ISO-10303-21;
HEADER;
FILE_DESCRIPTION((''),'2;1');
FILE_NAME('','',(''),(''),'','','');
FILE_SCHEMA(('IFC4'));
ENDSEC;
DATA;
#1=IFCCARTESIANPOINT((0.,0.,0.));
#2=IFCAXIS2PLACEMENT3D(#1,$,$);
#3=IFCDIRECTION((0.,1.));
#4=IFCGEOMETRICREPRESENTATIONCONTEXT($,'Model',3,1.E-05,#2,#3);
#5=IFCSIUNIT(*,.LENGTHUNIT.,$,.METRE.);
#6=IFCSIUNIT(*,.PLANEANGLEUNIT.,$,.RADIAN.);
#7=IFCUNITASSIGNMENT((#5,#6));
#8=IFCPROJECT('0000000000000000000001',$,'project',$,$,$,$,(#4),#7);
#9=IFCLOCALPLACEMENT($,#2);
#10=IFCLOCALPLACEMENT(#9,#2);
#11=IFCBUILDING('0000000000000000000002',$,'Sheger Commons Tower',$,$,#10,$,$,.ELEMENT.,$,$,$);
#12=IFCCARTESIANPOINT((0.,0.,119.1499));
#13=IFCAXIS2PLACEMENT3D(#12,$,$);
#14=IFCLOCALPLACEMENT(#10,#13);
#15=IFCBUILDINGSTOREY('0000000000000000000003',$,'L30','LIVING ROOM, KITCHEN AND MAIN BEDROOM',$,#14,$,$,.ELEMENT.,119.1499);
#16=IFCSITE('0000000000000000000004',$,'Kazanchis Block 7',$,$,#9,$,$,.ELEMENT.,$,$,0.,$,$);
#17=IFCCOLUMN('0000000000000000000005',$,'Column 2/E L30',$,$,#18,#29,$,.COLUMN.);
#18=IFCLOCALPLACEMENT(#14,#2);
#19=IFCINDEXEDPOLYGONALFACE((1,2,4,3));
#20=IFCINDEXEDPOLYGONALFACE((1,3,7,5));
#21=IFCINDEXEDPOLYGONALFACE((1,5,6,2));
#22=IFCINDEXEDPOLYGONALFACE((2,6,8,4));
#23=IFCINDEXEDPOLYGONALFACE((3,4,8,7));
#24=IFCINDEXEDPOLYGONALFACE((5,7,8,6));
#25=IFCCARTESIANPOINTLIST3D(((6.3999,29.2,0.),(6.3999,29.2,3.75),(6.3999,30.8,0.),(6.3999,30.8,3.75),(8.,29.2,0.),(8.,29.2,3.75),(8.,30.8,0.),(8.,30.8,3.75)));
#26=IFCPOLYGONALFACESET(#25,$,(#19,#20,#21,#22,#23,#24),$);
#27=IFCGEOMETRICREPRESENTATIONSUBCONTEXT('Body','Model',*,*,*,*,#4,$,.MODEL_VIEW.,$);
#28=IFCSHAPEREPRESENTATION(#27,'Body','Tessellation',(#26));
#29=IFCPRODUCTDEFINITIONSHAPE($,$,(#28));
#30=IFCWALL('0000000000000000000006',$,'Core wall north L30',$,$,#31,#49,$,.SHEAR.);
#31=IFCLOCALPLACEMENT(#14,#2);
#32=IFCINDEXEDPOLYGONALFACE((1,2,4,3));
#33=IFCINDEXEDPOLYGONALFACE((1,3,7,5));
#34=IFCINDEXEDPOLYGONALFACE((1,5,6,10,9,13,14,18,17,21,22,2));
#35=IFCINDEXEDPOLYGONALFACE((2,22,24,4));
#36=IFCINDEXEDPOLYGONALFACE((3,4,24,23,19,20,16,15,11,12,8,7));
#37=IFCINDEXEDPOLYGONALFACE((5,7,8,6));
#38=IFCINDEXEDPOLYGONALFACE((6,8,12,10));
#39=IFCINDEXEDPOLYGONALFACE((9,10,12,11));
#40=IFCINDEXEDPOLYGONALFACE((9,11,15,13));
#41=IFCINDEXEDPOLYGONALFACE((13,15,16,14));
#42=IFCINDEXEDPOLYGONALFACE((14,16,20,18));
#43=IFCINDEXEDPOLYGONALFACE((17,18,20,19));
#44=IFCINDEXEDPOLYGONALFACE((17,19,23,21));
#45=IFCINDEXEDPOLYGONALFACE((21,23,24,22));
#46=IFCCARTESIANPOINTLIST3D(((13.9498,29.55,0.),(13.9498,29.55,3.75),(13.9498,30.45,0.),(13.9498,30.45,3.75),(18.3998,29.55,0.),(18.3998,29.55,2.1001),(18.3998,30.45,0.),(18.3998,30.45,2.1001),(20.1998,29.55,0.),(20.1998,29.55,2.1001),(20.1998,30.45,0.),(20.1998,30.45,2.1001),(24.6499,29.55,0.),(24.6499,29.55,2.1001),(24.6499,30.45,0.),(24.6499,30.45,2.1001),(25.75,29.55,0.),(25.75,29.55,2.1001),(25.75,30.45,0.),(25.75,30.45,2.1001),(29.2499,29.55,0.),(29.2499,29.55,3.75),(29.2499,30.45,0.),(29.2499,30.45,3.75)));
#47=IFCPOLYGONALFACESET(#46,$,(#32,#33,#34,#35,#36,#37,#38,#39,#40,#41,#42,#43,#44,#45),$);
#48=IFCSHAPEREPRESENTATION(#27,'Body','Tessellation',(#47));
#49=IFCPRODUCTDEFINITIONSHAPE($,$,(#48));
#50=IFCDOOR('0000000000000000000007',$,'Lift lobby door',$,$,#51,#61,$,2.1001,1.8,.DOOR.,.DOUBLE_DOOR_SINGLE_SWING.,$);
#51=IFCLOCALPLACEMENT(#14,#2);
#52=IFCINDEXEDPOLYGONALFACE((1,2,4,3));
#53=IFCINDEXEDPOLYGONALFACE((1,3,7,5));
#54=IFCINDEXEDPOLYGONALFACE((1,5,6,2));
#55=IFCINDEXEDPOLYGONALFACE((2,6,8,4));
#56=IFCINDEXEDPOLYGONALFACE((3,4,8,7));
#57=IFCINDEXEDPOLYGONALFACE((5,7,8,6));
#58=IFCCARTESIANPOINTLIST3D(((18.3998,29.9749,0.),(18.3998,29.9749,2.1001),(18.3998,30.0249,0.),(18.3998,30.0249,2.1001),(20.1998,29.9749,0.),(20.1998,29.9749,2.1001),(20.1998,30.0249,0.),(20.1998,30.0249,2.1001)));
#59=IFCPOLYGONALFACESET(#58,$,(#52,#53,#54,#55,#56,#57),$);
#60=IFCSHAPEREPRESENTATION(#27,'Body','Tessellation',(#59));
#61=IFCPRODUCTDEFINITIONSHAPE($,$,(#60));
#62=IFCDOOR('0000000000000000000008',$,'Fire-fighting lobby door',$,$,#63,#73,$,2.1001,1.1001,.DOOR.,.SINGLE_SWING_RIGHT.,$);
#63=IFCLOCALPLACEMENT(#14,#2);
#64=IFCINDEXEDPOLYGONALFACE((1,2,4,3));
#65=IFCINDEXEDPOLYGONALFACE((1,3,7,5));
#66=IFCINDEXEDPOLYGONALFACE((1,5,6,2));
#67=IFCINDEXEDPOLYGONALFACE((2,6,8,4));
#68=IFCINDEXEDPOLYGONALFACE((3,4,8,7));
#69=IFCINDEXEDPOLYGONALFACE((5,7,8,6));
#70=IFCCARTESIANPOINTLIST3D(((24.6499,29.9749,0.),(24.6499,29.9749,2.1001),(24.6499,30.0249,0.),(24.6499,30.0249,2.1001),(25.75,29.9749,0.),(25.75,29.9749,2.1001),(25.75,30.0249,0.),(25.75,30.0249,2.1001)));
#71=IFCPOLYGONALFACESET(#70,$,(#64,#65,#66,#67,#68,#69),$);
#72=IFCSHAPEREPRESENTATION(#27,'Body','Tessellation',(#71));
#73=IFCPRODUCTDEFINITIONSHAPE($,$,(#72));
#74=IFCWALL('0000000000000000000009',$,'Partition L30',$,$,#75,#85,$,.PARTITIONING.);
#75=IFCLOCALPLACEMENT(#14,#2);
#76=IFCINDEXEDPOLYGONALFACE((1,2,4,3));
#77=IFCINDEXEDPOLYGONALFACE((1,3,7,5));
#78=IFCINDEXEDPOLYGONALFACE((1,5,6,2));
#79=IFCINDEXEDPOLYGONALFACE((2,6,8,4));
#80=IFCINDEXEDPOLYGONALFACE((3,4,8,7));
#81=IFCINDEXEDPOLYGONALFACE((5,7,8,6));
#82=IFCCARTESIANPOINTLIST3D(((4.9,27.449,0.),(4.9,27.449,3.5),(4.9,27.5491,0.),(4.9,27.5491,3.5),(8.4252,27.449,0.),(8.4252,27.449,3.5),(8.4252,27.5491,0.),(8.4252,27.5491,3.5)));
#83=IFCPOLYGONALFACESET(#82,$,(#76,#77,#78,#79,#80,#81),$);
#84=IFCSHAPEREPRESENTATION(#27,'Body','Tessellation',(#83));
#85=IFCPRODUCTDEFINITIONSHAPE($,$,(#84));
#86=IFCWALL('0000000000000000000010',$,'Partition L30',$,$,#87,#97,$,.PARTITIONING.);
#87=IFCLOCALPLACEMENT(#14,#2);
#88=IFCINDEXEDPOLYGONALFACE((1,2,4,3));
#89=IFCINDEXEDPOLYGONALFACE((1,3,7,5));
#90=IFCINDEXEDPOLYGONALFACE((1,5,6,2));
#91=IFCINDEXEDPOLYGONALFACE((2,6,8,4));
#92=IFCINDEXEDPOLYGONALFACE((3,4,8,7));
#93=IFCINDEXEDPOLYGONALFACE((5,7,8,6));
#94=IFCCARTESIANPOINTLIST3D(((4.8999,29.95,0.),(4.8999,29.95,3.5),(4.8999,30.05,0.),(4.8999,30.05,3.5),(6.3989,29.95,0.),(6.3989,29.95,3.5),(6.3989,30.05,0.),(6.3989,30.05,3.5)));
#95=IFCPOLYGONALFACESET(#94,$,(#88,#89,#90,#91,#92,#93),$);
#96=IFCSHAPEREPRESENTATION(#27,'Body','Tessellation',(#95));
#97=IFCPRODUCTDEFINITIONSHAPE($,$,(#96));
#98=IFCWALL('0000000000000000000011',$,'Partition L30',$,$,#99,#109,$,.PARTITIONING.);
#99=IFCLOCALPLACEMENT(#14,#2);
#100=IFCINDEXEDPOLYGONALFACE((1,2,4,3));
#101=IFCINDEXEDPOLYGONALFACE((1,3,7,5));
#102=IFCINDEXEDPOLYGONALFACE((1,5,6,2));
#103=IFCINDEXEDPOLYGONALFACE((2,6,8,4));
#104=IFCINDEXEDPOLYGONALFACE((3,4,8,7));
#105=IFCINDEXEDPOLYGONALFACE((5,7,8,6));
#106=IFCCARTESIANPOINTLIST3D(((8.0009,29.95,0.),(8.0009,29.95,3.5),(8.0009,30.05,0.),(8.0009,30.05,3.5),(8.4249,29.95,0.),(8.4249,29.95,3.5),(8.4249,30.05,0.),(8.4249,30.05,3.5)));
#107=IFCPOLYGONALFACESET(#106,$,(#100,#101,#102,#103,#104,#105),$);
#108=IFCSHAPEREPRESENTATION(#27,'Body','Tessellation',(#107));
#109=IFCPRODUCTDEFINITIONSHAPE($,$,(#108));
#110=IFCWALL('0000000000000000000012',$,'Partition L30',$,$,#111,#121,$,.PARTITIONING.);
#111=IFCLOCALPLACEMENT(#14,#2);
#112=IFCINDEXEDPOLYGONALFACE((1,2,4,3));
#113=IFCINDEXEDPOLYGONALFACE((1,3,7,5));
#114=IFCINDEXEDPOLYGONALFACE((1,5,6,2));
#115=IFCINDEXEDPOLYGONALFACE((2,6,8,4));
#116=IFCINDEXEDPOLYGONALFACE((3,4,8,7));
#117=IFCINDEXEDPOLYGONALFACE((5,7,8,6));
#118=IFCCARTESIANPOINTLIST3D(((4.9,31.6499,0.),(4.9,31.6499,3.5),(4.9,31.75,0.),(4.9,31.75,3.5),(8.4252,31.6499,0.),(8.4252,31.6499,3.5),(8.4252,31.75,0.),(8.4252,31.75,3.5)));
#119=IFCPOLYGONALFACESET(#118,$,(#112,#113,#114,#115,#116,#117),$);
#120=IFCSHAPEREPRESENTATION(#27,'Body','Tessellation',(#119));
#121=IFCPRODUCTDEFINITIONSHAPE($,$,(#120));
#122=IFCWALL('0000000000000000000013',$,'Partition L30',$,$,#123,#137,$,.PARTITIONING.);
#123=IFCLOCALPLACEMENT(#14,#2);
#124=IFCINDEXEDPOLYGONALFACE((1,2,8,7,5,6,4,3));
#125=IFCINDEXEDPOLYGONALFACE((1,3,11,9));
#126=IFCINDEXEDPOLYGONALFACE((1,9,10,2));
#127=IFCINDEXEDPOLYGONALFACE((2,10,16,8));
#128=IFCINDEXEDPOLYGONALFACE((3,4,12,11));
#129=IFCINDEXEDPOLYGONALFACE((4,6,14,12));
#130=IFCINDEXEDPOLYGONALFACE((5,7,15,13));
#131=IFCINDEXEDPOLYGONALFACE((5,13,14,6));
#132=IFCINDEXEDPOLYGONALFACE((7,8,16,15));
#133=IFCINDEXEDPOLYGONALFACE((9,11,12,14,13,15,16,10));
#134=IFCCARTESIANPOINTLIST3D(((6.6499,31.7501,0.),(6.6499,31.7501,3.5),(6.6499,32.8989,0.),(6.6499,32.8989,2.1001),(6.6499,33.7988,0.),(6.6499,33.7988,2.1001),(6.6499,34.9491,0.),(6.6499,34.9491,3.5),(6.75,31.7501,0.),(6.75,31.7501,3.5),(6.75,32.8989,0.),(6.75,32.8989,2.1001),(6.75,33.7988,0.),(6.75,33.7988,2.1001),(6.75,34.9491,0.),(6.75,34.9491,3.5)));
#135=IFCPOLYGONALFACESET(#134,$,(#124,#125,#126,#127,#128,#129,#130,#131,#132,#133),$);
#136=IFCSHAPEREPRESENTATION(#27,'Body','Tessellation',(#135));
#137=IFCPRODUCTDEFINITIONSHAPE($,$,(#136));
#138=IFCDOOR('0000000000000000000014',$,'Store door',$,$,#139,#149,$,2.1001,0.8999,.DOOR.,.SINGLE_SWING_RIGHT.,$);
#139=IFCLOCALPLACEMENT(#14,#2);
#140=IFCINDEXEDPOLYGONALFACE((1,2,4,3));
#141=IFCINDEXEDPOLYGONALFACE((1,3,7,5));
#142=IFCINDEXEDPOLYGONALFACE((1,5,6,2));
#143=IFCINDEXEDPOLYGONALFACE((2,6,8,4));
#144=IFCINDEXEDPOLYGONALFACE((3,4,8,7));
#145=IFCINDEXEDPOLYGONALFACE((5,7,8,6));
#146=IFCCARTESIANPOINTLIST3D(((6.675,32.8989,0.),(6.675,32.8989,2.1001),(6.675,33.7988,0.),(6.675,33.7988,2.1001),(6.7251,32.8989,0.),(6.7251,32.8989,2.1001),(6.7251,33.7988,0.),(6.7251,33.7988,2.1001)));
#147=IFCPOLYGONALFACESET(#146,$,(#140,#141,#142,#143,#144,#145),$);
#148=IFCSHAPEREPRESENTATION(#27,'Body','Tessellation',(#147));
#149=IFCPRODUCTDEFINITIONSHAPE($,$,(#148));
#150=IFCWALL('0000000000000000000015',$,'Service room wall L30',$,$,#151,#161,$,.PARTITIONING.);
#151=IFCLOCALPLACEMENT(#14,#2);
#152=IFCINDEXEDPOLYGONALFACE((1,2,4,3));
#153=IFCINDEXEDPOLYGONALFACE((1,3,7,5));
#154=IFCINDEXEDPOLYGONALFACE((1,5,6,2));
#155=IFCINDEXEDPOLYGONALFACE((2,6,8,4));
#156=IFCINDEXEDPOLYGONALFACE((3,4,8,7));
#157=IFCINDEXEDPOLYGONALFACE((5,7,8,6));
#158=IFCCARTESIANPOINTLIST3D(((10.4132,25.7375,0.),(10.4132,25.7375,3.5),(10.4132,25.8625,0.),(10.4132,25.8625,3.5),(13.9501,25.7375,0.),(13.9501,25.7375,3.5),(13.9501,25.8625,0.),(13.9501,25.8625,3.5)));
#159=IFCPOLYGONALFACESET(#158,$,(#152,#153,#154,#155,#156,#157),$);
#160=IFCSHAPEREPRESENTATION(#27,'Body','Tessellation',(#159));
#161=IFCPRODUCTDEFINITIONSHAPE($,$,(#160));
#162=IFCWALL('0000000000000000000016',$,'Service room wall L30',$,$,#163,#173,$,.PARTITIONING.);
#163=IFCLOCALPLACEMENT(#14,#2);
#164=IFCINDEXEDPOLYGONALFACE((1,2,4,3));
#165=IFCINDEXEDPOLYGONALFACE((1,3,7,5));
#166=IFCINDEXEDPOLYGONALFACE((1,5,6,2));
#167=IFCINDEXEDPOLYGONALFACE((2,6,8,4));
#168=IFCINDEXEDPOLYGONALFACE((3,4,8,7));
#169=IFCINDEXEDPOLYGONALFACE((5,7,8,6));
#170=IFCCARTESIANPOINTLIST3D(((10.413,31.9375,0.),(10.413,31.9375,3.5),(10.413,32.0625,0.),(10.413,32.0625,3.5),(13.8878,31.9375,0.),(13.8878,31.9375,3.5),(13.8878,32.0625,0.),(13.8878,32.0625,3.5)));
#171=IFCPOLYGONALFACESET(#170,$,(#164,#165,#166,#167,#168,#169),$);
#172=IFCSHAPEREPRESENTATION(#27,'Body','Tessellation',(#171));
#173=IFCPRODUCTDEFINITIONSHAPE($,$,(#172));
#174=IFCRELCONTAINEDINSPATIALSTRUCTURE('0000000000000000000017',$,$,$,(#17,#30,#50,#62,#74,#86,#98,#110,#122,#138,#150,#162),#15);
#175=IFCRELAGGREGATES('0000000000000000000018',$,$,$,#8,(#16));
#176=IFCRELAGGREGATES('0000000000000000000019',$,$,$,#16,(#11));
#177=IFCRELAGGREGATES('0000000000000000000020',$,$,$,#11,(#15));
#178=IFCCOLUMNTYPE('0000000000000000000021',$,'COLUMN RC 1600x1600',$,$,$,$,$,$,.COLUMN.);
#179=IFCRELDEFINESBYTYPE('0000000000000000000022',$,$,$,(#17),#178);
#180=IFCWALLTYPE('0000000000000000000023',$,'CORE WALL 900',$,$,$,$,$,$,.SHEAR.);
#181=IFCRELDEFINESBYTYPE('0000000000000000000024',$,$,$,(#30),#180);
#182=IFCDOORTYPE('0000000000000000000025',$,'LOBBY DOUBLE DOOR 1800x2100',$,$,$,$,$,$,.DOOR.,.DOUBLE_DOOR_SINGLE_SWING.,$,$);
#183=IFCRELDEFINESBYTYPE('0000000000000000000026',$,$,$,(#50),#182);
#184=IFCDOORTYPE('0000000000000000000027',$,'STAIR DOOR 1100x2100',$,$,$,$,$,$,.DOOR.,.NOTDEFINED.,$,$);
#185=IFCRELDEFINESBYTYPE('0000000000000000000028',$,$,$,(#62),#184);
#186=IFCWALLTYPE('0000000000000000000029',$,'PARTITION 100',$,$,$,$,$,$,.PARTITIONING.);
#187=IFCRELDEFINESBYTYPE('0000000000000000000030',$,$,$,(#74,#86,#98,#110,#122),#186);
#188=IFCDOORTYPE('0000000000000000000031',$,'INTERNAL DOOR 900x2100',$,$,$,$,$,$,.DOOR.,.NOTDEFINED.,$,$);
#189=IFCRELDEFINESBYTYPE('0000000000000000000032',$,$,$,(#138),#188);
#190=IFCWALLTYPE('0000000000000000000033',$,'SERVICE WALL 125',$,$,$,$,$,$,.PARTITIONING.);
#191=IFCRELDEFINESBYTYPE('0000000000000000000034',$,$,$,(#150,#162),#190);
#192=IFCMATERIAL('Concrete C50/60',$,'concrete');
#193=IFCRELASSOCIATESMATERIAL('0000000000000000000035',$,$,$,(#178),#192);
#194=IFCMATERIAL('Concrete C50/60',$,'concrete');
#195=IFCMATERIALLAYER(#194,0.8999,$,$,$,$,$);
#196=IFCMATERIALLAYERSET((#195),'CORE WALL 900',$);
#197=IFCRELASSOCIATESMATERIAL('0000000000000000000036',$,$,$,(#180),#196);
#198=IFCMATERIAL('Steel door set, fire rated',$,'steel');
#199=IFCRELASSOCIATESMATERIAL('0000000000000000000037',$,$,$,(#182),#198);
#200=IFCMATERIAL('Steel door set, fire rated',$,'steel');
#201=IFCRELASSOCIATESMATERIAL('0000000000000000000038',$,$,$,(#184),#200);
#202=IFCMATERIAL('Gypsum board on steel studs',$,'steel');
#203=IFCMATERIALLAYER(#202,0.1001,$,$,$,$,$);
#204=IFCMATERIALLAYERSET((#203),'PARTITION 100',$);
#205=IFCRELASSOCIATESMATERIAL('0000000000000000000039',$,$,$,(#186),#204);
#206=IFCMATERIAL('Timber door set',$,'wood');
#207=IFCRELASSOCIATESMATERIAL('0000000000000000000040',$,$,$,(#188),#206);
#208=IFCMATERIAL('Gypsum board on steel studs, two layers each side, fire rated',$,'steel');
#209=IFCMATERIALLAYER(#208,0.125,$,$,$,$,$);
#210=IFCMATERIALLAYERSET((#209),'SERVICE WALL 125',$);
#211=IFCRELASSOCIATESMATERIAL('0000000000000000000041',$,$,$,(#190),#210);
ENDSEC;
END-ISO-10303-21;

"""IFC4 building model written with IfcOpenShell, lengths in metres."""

from ifc_helpers import new_model, si_unit, direction, frame, frame_2d, origin, origin_2d, place, context, subcontext, project, spatial, rectangle, extrude, material, layer, layer_set, material_profile, profile_set, type_object, element, fill, save


model = new_model("IFC4")

# Units and contexts
model_context = context("Model", 3, precision=1e-05, world=origin(), true_north=direction((0.0, 1.0)))
body_context = subcontext(model_context, "Body", "Model", "MODEL_VIEW")
ifc_project = project(units=[si_unit("LENGTHUNIT", "METRE"), si_unit("PLANEANGLEUNIT", "RADIAN")], contexts=[model_context])

# Site, building, storey
site_placement = place(None, origin())
site = spatial("IfcSite", under=ifc_project, at=site_placement, Name="Kazanchis Block 7", CompositionType="ELEMENT", RefElevation=0.0)
building_placement = place(site_placement, origin())
building = spatial("IfcBuilding", under=site, at=building_placement, Name="Sheger Commons Tower", CompositionType="ELEMENT")
storey_placement = place(building_placement, frame((0.0, 0.0, 119.1499)))
storey = spatial("IfcBuildingStorey", under=building, at=storey_placement, Name="L30", Description="LIVING ROOM, KITCHEN AND MAIN BEDROOM", CompositionType="ELEMENT", Elevation=119.1499)

# Column
ifc_material_1 = material(Name="Concrete C50/60", Category="concrete")
ifc_material_profile = material_profile(ifc_material_1, rectangle(XDim=1.6001, YDim=1.6001, at=origin_2d()), Name="RC 1600x1600")
ifc_profile_set = profile_set([ifc_material_profile], Name="Concrete C50/60")
column_type = type_object("IfcColumnType", Name="COLUMN RC 1600x1600", PredefinedType="COLUMN", material=ifc_profile_set)
column_placement = place(storey_placement, frame((7.2, 30.0, 0.0), z_axis=(0.0, 0.0, 1.0), x_axis=(1.0, 0.0, 0.0)))
element("IfcColumn", 1, at=column_placement, inside=storey, type_object=column_type, Name="Column 2/E L30", PredefinedType="COLUMN", context=body_context, shape_type="SweptSolid", body=[
    extrude(rectangle(XDim=1.6001, YDim=1.6001, at=origin_2d()), origin(), (0.0, 0.0, 1.0), 3.75),
])

# Wall, openings, doors
ifc_material_2 = material(Name="Concrete C50/60", Category="concrete")
ifc_layer_1 = layer(ifc_material_2, 0.8999)
ifc_layer_set_1 = layer_set([ifc_layer_1], Name="CORE WALL 900")
wall_type_1 = type_object("IfcWallType", Name="CORE WALL 900", PredefinedType="SHEAR", material=ifc_layer_set_1)
wall_1_placement = place(storey_placement, frame((13.95, 30.0, 0.0), z_axis=(0.0, 0.0, 1.0), x_axis=(1.0, 0.0, 0.0)))
wall_1 = element("IfcWall", 2, at=wall_1_placement, inside=storey, type_object=wall_type_1, Name="Core wall north L30", PredefinedType="SHEAR", context=body_context, shape_type="SweptSolid", body=[
    extrude(rectangle(XDim=15.3, YDim=0.8999, at=frame_2d((7.6499, 0.0))), origin(), (0.0, 0.0, 1.0), 3.75),
])
opening_1_placement = place(wall_1_placement, frame((4.45, 0.0, 0.0)))
opening_1 = element("IfcOpeningElement", 3, at=opening_1_placement, cuts=wall_1, PredefinedType="OPENING", context=body_context, shape_type="SweptSolid", body=[
    extrude(rectangle(XDim=1.8, YDim=2.1001, at=frame_2d((0.8999, 1.05))), frame((0.0, 0.46, 0.0), z_axis=(0.0, -1.0, 0.0), x_axis=(1.0, 0.0, 0.0)), (0.0, 0.0, 1.0), 0.9199),
])
opening_2_placement = place(wall_1_placement, frame((10.7, 0.0, 0.0)))
opening_2 = element("IfcOpeningElement", 4, at=opening_2_placement, cuts=wall_1, PredefinedType="OPENING", context=body_context, shape_type="SweptSolid", body=[
    extrude(rectangle(XDim=1.1001, YDim=2.1001, at=frame_2d((0.55, 1.05))), frame((0.0, 0.46, 0.0), z_axis=(0.0, -1.0, 0.0), x_axis=(1.0, 0.0, 0.0)), (0.0, 0.0, 1.0), 0.9199),
])
ifc_material_3 = material(Name="Steel door set, fire rated", Category="steel")
door_type_1 = type_object("IfcDoorType", Name="LOBBY DOUBLE DOOR 1800x2100", OperationType="DOUBLE_DOOR_SINGLE_SWING", PredefinedType="DOOR", material=ifc_material_3)
door_1_placement = place(opening_1_placement, origin())
door_1 = element("IfcDoor", 5, at=door_1_placement, inside=storey, type_object=door_type_1, Name="Lift lobby door", OperationType="DOUBLE_DOOR_SINGLE_SWING", OverallHeight=2.1001, OverallWidth=1.8, PredefinedType="DOOR", context=body_context, shape_type="SweptSolid", body=[
    extrude(rectangle(XDim=1.8, YDim=2.1001, at=frame_2d((0.8999, 1.05))), frame((0.0, 0.0249, 0.0), z_axis=(0.0, -1.0, 0.0), x_axis=(1.0, 0.0, 0.0)), (0.0, 0.0, 1.0), 0.05),
])
fill(opening_1, door_1)
ifc_material_4 = material(Name="Steel door set, fire rated", Category="steel")
door_type_2 = type_object("IfcDoorType", Name="STAIR DOOR 1100x2100", OperationType="NOTDEFINED", PredefinedType="DOOR", material=ifc_material_4)
door_2_placement = place(opening_2_placement, origin())
door_2 = element("IfcDoor", 6, at=door_2_placement, inside=storey, type_object=door_type_2, Name="Fire-fighting lobby door", OperationType="SINGLE_SWING_RIGHT", OverallHeight=2.1001, OverallWidth=1.1001, PredefinedType="DOOR", context=body_context, shape_type="SweptSolid", body=[
    extrude(rectangle(XDim=1.1001, YDim=2.1001, at=frame_2d((0.55, 1.05))), frame((0.0, 0.0249, 0.0), z_axis=(0.0, -1.0, 0.0), x_axis=(1.0, 0.0, 0.0)), (0.0, 0.0, 1.0), 0.05),
])
fill(opening_2, door_2)

# Walls
ifc_material_5 = material(Name="Gypsum board on steel studs", Category="steel")
ifc_layer_2 = layer(ifc_material_5, 0.1001)
ifc_layer_set_2 = layer_set([ifc_layer_2], Name="PARTITION 100")
wall_type_2 = type_object("IfcWallType", Name="PARTITION 100", PredefinedType="PARTITIONING", material=ifc_layer_set_2)
wall_2_placement = place(storey_placement, frame((4.8999, 27.499, 0.0), z_axis=(0.0, 0.0, 1.0), x_axis=(1.0, 0.0, 0.0)))
element("IfcWall", 7, at=wall_2_placement, inside=storey, type_object=wall_type_2, Name="Partition L30", PredefinedType="PARTITIONING", context=body_context, shape_type="SweptSolid", body=[
    extrude(rectangle(XDim=3.5251, YDim=0.1001, at=frame_2d((1.7627, 0.0))), origin(), (0.0, 0.0, 1.0), 3.5),
])
wall_3_placement = place(storey_placement, frame((4.8999, 30.0, 0.0), z_axis=(0.0, 0.0, 1.0), x_axis=(1.0, 0.0, 0.0)))
element("IfcWall", 8, at=wall_3_placement, inside=storey, type_object=wall_type_2, Name="Partition L30", PredefinedType="PARTITIONING", context=body_context, shape_type="SweptSolid", body=[
    extrude(rectangle(XDim=1.499, YDim=0.1001, at=frame_2d((0.7495, 0.0))), origin(), (0.0, 0.0, 1.0), 3.5),
])
wall_4_placement = place(storey_placement, frame((8.001, 30.0, 0.0), z_axis=(0.0, 0.0, 1.0), x_axis=(1.0, 0.0, 0.0)))
element("IfcWall", 9, at=wall_4_placement, inside=storey, type_object=wall_type_2, Name="Partition L30", PredefinedType="PARTITIONING", context=body_context, shape_type="SweptSolid", body=[
    extrude(rectangle(XDim=0.4241, YDim=0.1001, at=frame_2d((0.2119, 0.0))), origin(), (0.0, 0.0, 1.0), 3.5),
])
wall_5_placement = place(storey_placement, frame((4.8999, 31.7, 0.0), z_axis=(0.0, 0.0, 1.0), x_axis=(1.0, 0.0, 0.0)))
element("IfcWall", 10, at=wall_5_placement, inside=storey, type_object=wall_type_2, Name="Partition L30", PredefinedType="PARTITIONING", context=body_context, shape_type="SweptSolid", body=[
    extrude(rectangle(XDim=3.5251, YDim=0.1001, at=frame_2d((1.7627, 0.0))), origin(), (0.0, 0.0, 1.0), 3.5),
])

# Wall, opening, door
wall_6_placement = place(storey_placement, frame((6.7, 31.75, 0.0), z_axis=(0.0, 0.0, 1.0), x_axis=(0.0, 1.0, 0.0)))
wall_6 = element("IfcWall", 11, at=wall_6_placement, inside=storey, type_object=wall_type_2, Name="Partition L30", PredefinedType="PARTITIONING", context=body_context, shape_type="SweptSolid", body=[
    extrude(rectangle(XDim=3.199, YDim=0.1001, at=frame_2d((1.5996, 0.0))), origin(), (0.0, 0.0, 1.0), 3.5),
])
opening_3_placement = place(wall_6_placement, frame((1.1489, 0.0, 0.0)))
opening_3 = element("IfcOpeningElement", 12, at=opening_3_placement, cuts=wall_6, PredefinedType="OPENING", context=body_context, shape_type="SweptSolid", body=[
    extrude(rectangle(XDim=0.8999, YDim=2.1001, at=frame_2d((0.45, 1.05))), frame((0.0, 0.0601, 0.0), z_axis=(0.0, -1.0, 0.0), x_axis=(1.0, 0.0, 0.0)), (0.0, 0.0, 1.0), 0.1201),
])
ifc_material_6 = material(Name="Timber door set", Category="wood")
door_type_3 = type_object("IfcDoorType", Name="INTERNAL DOOR 900x2100", OperationType="NOTDEFINED", PredefinedType="DOOR", material=ifc_material_6)
door_3_placement = place(opening_3_placement, origin())
door_3 = element("IfcDoor", 13, at=door_3_placement, inside=storey, type_object=door_type_3, Name="Store door", OperationType="SINGLE_SWING_RIGHT", OverallHeight=2.1001, OverallWidth=0.8999, PredefinedType="DOOR", context=body_context, shape_type="SweptSolid", body=[
    extrude(rectangle(XDim=0.8999, YDim=2.1001, at=frame_2d((0.45, 1.05))), frame((0.0, 0.0249, 0.0), z_axis=(0.0, -1.0, 0.0), x_axis=(1.0, 0.0, 0.0)), (0.0, 0.0, 1.0), 0.05),
])
fill(opening_3, door_3)

# Walls
ifc_material_7 = material(Name="Gypsum board on steel studs, two layers each side, fire rated", Category="steel")
ifc_layer_3 = layer(ifc_material_7, 0.125)
ifc_layer_set_3 = layer_set([ifc_layer_3], Name="SERVICE WALL 125")
wall_type_3 = type_object("IfcWallType", Name="SERVICE WALL 125", PredefinedType="PARTITIONING", material=ifc_layer_set_3)
wall_7_placement = place(storey_placement, frame((10.4131, 25.8, 0.0), z_axis=(0.0, 0.0, 1.0), x_axis=(1.0, 0.0, 0.0)))
element("IfcWall", 14, at=wall_7_placement, inside=storey, type_object=wall_type_3, Name="Service room wall L30", PredefinedType="PARTITIONING", context=body_context, shape_type="SweptSolid", body=[
    extrude(rectangle(XDim=3.5369, YDim=0.125, at=frame_2d((1.7686, 0.0))), origin(), (0.0, 0.0, 1.0), 3.5),
])
wall_8_placement = place(storey_placement, frame((10.4131, 32.0, 0.0), z_axis=(0.0, 0.0, 1.0), x_axis=(1.0, 0.0, 0.0)))
element("IfcWall", 15, at=wall_8_placement, inside=storey, type_object=wall_type_3, Name="Service room wall L30", PredefinedType="PARTITIONING", context=body_context, shape_type="SweptSolid", body=[
    extrude(rectangle(XDim=3.4749, YDim=0.125, at=frame_2d((1.7373, 0.0))), origin(), (0.0, 0.0, 1.0), 3.5),
])

save(model, "model.ifc")
